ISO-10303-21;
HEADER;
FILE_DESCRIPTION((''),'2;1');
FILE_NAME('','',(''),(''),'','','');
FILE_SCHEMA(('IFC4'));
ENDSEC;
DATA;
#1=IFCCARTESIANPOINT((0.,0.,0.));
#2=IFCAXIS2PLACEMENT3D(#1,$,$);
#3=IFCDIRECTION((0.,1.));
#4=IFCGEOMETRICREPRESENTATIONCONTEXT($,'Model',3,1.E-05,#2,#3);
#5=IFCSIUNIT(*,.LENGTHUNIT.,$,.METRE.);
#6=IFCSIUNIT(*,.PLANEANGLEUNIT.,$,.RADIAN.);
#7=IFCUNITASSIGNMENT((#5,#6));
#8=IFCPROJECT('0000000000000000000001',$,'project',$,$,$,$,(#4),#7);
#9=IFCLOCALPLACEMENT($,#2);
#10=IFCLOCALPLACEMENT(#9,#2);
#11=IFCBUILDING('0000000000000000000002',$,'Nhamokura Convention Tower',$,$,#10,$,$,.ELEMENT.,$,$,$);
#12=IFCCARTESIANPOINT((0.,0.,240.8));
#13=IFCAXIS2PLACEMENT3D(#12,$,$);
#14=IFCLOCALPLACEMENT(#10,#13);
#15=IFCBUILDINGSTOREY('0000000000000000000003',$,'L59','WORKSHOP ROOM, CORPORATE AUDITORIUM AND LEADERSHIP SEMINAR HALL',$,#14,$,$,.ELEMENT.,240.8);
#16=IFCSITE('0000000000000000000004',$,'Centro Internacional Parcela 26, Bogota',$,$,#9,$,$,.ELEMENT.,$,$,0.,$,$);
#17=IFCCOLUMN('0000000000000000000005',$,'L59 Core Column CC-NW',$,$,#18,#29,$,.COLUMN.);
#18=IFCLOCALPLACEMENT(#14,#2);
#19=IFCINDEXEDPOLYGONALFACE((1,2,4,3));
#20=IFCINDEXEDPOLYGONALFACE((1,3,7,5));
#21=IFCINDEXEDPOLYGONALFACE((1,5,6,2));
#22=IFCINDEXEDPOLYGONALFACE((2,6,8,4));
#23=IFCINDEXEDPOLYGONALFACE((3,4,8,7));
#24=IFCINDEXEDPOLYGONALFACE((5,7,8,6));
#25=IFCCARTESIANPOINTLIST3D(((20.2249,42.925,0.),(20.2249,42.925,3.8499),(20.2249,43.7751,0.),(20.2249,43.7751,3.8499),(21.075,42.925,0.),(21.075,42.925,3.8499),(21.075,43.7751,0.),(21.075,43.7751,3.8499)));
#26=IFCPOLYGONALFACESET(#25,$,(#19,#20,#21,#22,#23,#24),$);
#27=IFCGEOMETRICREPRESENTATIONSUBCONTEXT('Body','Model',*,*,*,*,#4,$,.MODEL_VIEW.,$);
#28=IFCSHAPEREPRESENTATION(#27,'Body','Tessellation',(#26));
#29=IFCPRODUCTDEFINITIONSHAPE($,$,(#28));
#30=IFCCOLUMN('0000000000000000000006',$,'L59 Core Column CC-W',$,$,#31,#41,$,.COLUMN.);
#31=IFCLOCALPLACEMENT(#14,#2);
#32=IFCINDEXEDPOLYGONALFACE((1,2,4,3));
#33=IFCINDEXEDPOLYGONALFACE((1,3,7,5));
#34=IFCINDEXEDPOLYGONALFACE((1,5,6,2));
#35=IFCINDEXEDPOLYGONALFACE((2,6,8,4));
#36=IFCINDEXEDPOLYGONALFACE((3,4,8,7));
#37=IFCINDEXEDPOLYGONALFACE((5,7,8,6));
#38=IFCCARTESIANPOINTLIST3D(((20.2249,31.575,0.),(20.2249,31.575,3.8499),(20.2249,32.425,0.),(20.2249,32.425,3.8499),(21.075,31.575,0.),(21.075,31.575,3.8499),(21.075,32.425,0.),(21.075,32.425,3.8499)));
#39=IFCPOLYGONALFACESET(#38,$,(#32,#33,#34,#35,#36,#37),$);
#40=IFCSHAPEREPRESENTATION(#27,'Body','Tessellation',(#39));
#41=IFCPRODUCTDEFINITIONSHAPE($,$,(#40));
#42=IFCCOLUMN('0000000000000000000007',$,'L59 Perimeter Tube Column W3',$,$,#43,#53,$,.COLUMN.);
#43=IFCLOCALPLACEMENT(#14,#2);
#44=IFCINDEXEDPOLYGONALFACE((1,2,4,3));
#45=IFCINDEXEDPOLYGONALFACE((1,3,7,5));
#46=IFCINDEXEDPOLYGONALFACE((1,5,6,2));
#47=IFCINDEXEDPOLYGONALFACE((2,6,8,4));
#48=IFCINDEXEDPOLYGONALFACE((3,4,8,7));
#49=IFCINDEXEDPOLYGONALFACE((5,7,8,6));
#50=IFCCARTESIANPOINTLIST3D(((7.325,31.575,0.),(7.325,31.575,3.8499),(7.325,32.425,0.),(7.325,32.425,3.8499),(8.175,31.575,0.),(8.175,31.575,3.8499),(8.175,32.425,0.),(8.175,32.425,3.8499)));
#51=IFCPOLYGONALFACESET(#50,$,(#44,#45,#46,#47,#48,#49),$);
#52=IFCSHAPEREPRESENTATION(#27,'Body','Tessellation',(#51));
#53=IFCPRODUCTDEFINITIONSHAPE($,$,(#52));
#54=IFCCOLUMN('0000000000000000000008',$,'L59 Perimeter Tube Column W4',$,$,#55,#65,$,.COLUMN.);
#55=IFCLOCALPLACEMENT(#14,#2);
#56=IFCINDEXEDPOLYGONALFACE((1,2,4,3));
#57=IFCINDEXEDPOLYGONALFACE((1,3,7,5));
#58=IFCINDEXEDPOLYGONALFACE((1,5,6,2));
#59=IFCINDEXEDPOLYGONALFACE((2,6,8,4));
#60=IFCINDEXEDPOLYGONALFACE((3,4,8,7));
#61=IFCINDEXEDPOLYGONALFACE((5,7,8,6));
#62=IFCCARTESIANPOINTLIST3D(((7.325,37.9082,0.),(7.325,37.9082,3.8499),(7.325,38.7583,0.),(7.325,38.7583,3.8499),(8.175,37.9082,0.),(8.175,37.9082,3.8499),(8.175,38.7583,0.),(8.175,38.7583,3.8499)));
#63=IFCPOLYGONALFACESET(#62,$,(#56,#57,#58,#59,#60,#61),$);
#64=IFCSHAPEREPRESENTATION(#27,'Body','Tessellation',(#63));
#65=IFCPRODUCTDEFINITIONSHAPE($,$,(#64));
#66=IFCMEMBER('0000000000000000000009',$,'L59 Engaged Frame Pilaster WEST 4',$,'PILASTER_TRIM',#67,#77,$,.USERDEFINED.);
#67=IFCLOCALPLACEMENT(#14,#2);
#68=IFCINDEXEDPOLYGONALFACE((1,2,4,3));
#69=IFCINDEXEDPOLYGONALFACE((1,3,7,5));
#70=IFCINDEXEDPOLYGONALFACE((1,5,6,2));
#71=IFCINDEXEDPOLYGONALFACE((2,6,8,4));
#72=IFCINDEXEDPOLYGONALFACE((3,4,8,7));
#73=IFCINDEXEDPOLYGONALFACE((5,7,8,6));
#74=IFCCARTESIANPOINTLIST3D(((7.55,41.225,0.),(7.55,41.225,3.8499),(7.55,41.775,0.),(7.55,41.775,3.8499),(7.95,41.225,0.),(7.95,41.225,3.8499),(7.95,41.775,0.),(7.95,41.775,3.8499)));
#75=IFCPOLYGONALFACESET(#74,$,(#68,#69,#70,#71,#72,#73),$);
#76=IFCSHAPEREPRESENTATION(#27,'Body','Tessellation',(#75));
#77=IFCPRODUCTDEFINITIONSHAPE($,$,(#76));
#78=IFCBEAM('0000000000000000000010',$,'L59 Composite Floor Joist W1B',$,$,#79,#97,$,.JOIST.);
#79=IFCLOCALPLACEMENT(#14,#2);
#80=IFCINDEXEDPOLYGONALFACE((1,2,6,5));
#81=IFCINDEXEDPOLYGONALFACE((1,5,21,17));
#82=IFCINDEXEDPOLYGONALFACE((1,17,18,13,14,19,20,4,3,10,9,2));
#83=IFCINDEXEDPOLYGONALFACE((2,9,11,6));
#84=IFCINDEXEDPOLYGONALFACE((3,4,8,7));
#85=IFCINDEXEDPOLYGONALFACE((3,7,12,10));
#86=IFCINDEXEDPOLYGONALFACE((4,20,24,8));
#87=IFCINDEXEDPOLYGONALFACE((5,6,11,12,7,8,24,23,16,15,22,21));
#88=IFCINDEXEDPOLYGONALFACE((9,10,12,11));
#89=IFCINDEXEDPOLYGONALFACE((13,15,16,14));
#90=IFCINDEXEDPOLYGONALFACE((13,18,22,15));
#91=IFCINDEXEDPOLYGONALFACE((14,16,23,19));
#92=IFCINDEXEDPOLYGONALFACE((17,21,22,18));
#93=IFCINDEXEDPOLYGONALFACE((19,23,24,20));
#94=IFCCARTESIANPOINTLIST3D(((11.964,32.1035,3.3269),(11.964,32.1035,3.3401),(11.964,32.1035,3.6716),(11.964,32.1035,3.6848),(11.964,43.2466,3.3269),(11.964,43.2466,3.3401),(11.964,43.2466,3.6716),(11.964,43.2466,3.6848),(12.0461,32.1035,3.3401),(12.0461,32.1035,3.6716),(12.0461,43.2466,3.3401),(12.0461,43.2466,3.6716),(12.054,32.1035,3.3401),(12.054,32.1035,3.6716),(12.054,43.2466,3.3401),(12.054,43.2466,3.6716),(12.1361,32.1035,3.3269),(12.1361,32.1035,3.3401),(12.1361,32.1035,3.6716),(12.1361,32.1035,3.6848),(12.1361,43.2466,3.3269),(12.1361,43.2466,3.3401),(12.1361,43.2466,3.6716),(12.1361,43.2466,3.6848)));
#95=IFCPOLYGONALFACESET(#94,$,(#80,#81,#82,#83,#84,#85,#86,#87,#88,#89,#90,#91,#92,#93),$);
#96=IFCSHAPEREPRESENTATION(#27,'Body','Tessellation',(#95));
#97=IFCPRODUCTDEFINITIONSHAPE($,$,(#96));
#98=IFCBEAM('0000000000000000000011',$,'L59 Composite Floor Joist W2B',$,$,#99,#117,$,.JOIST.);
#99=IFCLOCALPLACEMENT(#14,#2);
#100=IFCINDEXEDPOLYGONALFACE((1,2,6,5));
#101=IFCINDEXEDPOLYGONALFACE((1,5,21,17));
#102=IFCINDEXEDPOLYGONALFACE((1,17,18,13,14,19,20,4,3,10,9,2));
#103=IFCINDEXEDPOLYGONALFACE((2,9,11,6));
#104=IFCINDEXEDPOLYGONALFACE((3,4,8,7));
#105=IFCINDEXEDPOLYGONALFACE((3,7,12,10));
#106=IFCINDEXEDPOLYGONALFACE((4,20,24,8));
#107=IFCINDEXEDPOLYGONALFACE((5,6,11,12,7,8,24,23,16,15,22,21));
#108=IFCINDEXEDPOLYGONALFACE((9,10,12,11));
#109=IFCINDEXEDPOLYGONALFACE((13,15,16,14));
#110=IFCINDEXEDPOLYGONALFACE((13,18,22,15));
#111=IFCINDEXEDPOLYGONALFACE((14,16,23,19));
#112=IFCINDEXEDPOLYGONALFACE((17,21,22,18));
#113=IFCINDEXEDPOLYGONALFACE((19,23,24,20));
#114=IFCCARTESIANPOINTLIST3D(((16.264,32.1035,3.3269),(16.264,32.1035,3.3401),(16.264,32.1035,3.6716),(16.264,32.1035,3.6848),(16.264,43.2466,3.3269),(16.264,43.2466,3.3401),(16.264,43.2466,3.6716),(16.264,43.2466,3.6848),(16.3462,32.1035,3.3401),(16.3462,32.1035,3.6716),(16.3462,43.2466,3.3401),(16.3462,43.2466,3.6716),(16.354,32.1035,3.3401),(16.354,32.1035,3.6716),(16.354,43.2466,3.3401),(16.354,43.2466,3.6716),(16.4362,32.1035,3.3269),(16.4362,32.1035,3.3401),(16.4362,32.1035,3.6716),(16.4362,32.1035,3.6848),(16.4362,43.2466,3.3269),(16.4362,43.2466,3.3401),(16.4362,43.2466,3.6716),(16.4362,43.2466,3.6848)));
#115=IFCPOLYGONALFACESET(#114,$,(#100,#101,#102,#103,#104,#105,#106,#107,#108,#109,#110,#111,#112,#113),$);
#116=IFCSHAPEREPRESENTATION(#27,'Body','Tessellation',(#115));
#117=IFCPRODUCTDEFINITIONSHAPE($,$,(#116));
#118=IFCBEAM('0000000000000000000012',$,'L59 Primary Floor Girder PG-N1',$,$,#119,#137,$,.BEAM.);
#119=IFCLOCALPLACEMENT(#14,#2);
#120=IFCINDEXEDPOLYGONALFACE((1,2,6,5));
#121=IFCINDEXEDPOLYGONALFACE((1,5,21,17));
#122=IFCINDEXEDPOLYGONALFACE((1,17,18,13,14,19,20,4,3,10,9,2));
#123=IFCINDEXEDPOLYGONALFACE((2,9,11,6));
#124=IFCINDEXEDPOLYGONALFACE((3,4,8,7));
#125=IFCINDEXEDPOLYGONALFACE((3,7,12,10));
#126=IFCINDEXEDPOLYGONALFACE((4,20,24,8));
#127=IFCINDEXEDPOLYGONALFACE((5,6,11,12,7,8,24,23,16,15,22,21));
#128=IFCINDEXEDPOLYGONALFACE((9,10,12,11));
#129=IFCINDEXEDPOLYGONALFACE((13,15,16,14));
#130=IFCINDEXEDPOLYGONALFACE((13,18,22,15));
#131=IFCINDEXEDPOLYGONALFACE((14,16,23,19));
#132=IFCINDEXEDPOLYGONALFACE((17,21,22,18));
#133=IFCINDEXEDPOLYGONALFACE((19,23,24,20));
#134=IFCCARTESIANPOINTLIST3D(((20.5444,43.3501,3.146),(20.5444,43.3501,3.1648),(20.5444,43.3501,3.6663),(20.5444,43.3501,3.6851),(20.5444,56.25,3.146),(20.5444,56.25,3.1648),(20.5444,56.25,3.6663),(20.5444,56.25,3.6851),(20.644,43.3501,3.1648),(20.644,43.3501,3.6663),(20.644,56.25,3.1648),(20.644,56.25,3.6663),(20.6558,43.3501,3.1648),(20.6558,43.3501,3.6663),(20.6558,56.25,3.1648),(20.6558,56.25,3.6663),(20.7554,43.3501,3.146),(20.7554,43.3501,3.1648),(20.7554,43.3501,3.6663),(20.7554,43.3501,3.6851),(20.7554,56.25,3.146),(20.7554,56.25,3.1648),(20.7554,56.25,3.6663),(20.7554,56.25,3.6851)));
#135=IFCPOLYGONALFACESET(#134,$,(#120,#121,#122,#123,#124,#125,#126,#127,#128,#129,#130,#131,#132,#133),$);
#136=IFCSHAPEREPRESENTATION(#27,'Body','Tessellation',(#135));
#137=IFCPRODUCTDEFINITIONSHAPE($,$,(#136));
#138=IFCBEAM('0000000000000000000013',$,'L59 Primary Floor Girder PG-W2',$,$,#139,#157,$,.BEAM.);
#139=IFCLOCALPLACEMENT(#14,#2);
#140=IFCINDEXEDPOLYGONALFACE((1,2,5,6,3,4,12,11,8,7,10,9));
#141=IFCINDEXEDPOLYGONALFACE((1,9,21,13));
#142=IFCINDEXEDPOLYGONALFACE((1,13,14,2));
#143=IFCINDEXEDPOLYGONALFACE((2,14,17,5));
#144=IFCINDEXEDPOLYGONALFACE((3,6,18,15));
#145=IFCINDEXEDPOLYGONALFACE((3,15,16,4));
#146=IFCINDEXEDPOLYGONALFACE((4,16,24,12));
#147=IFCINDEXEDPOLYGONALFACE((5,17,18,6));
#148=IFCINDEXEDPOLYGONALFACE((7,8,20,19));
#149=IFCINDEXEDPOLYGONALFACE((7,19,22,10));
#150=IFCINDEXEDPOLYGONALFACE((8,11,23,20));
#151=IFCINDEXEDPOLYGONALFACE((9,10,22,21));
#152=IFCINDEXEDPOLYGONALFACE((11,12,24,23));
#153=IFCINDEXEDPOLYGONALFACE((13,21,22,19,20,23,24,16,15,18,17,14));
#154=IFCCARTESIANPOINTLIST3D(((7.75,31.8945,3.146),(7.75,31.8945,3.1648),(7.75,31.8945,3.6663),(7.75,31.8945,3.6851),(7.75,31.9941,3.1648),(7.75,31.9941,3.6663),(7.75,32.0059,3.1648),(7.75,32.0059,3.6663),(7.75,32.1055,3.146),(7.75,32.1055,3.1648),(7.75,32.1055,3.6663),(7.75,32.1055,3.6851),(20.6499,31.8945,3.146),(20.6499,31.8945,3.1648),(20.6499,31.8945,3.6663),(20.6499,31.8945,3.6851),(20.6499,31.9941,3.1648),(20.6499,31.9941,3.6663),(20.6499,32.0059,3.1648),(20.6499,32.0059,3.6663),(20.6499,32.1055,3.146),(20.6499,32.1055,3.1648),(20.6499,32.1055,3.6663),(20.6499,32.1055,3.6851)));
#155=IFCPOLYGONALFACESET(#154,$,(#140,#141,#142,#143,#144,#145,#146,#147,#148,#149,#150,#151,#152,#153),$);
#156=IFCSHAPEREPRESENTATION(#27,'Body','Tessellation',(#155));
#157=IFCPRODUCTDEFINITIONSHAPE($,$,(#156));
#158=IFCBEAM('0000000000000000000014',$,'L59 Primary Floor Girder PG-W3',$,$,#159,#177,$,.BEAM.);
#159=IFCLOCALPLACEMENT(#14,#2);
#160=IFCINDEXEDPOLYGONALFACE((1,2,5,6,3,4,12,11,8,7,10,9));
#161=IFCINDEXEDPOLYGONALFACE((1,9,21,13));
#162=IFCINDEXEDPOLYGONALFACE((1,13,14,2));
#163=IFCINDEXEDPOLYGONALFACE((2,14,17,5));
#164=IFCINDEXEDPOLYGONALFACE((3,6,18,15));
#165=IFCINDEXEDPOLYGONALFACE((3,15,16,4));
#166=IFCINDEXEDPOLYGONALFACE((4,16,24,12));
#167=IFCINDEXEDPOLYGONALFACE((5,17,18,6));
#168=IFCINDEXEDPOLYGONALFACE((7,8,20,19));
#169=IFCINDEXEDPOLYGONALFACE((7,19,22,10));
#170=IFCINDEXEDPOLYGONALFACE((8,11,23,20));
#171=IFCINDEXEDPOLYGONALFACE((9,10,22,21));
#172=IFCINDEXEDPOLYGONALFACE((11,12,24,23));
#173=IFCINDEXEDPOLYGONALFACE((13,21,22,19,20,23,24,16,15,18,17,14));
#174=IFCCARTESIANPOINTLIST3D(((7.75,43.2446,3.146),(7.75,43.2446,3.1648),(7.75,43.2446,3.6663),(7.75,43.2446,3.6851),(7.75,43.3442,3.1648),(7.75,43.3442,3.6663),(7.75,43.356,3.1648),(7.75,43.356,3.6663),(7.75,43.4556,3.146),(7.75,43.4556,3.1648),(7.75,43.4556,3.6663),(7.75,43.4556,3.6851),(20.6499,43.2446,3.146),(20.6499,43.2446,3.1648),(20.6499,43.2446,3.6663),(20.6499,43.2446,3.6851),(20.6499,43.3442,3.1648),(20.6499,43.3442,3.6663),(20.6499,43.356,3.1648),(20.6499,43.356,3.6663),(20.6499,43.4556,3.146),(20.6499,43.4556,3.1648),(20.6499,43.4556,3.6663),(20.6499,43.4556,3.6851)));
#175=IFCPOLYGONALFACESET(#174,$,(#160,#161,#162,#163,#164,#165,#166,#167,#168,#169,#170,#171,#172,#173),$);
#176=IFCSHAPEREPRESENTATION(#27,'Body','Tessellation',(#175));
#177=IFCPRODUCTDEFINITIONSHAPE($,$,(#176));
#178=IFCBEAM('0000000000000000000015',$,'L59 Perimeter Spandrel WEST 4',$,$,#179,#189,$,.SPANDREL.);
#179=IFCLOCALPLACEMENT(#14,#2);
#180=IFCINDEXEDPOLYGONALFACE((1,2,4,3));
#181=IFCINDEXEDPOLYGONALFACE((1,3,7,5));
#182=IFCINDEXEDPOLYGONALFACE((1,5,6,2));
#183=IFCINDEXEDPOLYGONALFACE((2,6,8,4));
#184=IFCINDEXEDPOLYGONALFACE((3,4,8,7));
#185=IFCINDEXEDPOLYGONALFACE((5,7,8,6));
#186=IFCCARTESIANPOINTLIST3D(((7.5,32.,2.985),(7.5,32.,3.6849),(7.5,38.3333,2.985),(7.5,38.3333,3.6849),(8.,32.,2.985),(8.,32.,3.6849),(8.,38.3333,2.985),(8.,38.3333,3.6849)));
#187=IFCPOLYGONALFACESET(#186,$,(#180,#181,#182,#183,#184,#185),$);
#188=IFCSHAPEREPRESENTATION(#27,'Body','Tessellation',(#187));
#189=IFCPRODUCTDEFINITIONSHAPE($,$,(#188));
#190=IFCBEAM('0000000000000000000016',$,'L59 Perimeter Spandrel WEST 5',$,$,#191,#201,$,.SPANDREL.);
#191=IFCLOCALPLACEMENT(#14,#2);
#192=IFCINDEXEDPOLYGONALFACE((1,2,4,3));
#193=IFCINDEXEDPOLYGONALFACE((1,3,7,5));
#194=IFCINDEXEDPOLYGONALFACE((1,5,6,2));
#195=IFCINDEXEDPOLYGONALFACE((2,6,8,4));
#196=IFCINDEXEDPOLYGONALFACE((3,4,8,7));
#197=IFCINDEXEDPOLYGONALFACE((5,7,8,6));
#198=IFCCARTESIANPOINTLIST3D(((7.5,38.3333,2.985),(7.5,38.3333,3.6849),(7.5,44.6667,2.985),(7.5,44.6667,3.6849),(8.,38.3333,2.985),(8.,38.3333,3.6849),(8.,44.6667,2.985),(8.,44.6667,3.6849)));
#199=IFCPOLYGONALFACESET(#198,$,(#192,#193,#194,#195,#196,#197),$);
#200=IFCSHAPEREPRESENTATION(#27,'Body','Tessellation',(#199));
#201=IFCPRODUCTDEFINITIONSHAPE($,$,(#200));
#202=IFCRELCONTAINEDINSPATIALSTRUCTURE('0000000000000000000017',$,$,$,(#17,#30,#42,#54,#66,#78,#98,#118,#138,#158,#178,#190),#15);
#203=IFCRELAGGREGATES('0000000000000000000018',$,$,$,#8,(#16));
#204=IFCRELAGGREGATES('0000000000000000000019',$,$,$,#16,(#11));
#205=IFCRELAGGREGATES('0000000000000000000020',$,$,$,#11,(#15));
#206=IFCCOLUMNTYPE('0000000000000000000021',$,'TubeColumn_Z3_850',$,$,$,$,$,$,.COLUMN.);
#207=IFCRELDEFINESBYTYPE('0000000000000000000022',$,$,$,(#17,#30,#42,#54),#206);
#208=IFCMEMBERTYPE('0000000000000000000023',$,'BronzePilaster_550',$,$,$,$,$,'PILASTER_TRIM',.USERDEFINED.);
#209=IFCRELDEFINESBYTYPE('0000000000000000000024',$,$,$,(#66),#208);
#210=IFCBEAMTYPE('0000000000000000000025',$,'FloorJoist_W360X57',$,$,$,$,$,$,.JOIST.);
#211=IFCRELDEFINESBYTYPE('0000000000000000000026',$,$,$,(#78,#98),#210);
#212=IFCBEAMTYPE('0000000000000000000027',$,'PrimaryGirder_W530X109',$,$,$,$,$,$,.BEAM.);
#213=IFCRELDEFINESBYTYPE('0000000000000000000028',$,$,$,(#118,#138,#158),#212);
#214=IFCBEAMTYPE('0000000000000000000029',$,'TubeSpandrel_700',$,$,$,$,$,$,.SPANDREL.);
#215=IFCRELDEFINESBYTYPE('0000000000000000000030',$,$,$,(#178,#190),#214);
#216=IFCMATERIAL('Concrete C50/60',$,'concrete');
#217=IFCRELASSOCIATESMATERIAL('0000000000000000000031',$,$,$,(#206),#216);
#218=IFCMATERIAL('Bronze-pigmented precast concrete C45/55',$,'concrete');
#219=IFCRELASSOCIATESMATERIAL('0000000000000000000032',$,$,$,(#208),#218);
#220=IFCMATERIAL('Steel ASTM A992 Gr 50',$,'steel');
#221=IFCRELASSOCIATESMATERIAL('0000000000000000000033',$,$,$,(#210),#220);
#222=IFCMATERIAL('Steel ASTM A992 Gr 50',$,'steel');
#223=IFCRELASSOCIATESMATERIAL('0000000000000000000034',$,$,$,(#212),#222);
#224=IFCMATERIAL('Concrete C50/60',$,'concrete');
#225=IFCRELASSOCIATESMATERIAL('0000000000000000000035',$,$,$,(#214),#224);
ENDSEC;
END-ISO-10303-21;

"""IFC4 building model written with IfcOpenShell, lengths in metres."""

from ifc_helpers import new_model, si_unit, direction, frame, origin, origin_2d, place, context, subcontext, project, spatial, rectangle, i_section, extrude, material, material_profile, profile_set, type_object, element, save


model = new_model("IFC4")

# Units and contexts
model_context = context("Model", 3, precision=1e-05, world=origin(), true_north=direction((0.0, 1.0)))
body_context = subcontext(model_context, "Body", "Model", "MODEL_VIEW")
ifc_project = project(units=[si_unit("LENGTHUNIT", "METRE"), si_unit("PLANEANGLEUNIT", "RADIAN")], contexts=[model_context])

# Site, building, storey
site_placement = place(None, origin())
site = spatial("IfcSite", under=ifc_project, at=site_placement, Name="Centro Internacional Parcela 26, Bogota", CompositionType="ELEMENT", RefElevation=0.0)
building_placement = place(site_placement, origin())
building = spatial("IfcBuilding", under=site, at=building_placement, Name="Nhamokura Convention Tower", CompositionType="ELEMENT")
storey_placement = place(building_placement, frame((0.0, 0.0, 240.8)))
storey = spatial("IfcBuildingStorey", under=building, at=storey_placement, Name="L59", Description="WORKSHOP ROOM, CORPORATE AUDITORIUM AND LEADERSHIP SEMINAR HALL", CompositionType="ELEMENT", Elevation=240.8)

# Columns
ifc_material_1 = material(Name="Concrete C50/60", Category="concrete")
ifc_material_profile_1 = material_profile(ifc_material_1, rectangle(XDim=0.8501, YDim=0.8501, at=origin_2d()))
ifc_profile_set_1 = profile_set([ifc_material_profile_1], Name="Concrete C50/60")
column_type = type_object("IfcColumnType", Name="TubeColumn_Z3_850", PredefinedType="COLUMN", material=ifc_profile_set_1)
for number, where, z_axis, x_axis, name in (
    (1, (20.6499, 43.3501, 0.0), (0.0, 0.0, 1.0), (1.0, 0.0, 0.0), "L59 Core Column CC-NW"),
    (2, (20.6499, 32.0, 0.0), (0.0, 0.0, 1.0), (1.0, 0.0, 0.0), "L59 Core Column CC-W"),
    (3, (7.75, 32.0, 0.0), (0.0, 0.0, 1.0), (1.0, 0.0, 0.0), "L59 Perimeter Tube Column W3"),
    (4, (7.75, 38.3333, 0.0), (0.0, 0.0, 1.0), (1.0, 0.0, 0.0), "L59 Perimeter Tube Column W4"),
):
    element("IfcColumn", number, at=place(storey_placement, frame(where, z_axis=z_axis, x_axis=x_axis)), inside=storey, type_object=column_type, Name=name, PredefinedType="COLUMN", context=body_context, shape_type="SweptSolid", body=[
        extrude(rectangle(XDim=0.8501, YDim=0.8501, at=origin_2d()), origin(), (0.0, 0.0, 1.0), 3.8499),
    ])

# Member
ifc_material_2 = material(Name="Bronze-pigmented precast concrete C45/55", Category="concrete")
ifc_material_profile_2 = material_profile(ifc_material_2, rectangle(XDim=0.3999, YDim=0.55, at=origin_2d()))
ifc_profile_set_2 = profile_set([ifc_material_profile_2], Name="Bronze-pigmented precast concrete C45/55")
member_type = type_object("IfcMemberType", Name="BronzePilaster_550", ElementType="PILASTER_TRIM", PredefinedType="USERDEFINED", material=ifc_profile_set_2)
member_placement = place(storey_placement, frame((7.75, 41.5, 0.0), z_axis=(0.0, 0.0, 1.0), x_axis=(1.0, 0.0, 0.0)))
element("IfcMember", 5, at=member_placement, inside=storey, type_object=member_type, Name="L59 Engaged Frame Pilaster WEST 4", ObjectType="PILASTER_TRIM", PredefinedType="USERDEFINED", context=body_context, shape_type="SweptSolid", body=[
    extrude(rectangle(XDim=0.3999, YDim=0.55, at=origin_2d()), origin(), (0.0, 0.0, 1.0), 3.8499),
])

# Beams
ifc_material_3 = material(Name="Steel ASTM A992 Gr 50", Category="steel")
ifc_material_profile_3 = material_profile(ifc_material_3, i_section(OverallWidth=0.1721, OverallDepth=0.3579, WebThickness=0.0078, FlangeThickness=0.0132, at=origin_2d()))
ifc_profile_set_3 = profile_set([ifc_material_profile_3], Name="Steel ASTM A992 Gr 50")
beam_type_1 = type_object("IfcBeamType", Name="FloorJoist_W360X57", PredefinedType="JOIST", material=ifc_profile_set_3)
for number, where, z_axis, x_axis, name in (
    (6, (12.05, 32.1035, 3.5059), (0.0, 1.0, 0.0), (-1.0, 0.0, 0.0), "L59 Composite Floor Joist W1B"),
    (7, (16.3501, 32.1035, 3.5059), (0.0, 1.0, 0.0), (-1.0, 0.0, 0.0), "L59 Composite Floor Joist W2B"),
):
    element("IfcBeam", number, at=place(storey_placement, frame(where, z_axis=z_axis, x_axis=x_axis)), inside=storey, type_object=beam_type_1, Name=name, PredefinedType="JOIST", context=body_context, shape_type="SweptSolid", body=[
        extrude(i_section(OverallWidth=0.1721, OverallDepth=0.3579, WebThickness=0.0078, FlangeThickness=0.0132, at=origin_2d()), origin(), (0.0, 0.0, 1.0), 11.1431),
    ])
ifc_material_4 = material(Name="Steel ASTM A992 Gr 50", Category="steel")
ifc_material_profile_4 = material_profile(ifc_material_4, i_section(OverallWidth=0.2109, OverallDepth=0.5391, WebThickness=0.0117, FlangeThickness=0.0188, at=origin_2d()))
ifc_profile_set_4 = profile_set([ifc_material_profile_4], Name="Steel ASTM A992 Gr 50")
beam_type_2 = type_object("IfcBeamType", Name="PrimaryGirder_W530X109", PredefinedType="BEAM", material=ifc_profile_set_4)
for number, where, z_axis, x_axis, name in (
    (8, (20.6499, 43.3501, 3.4155), (0.0, 1.0, 0.0), (-1.0, 0.0, 0.0), "L59 Primary Floor Girder PG-N1"),
    (9, (7.75, 32.0, 3.4155), (1.0, 0.0, 0.0), (0.0, 1.0, 0.0), "L59 Primary Floor Girder PG-W2"),
    (10, (7.75, 43.3501, 3.4155), (1.0, 0.0, 0.0), (0.0, 1.0, 0.0), "L59 Primary Floor Girder PG-W3"),
):
    element("IfcBeam", number, at=place(storey_placement, frame(where, z_axis=z_axis, x_axis=x_axis)), inside=storey, type_object=beam_type_2, Name=name, PredefinedType="BEAM", context=body_context, shape_type="SweptSolid", body=[
        extrude(i_section(OverallWidth=0.2109, OverallDepth=0.5391, WebThickness=0.0117, FlangeThickness=0.0188, at=origin_2d()), origin(), (0.0, 0.0, 1.0), 12.8999),
    ])
ifc_material_5 = material(Name="Concrete C50/60", Category="concrete")
ifc_material_profile_5 = material_profile(ifc_material_5, rectangle(XDim=0.5, YDim=0.7, at=origin_2d()))
ifc_profile_set_5 = profile_set([ifc_material_profile_5], Name="Concrete C50/60")
beam_type_3 = type_object("IfcBeamType", Name="TubeSpandrel_700", PredefinedType="SPANDREL", material=ifc_profile_set_5)
beam_1_placement = place(storey_placement, frame((7.75, 32.0, 3.335), z_axis=(0.0, 1.0, 0.0), x_axis=(-1.0, 0.0, 0.0)))
element("IfcBeam", 11, at=beam_1_placement, inside=storey, type_object=beam_type_3, Name="L59 Perimeter Spandrel WEST 4", PredefinedType="SPANDREL", context=body_context, shape_type="SweptSolid", body=[
    extrude(rectangle(XDim=0.5, YDim=0.7, at=origin_2d()), origin(), (0.0, 0.0, 1.0), 6.3333),
])
beam_2_placement = place(storey_placement, frame((7.75, 38.3333, 3.335), z_axis=(0.0, 1.0, 0.0), x_axis=(-1.0, 0.0, 0.0)))
element("IfcBeam", 12, at=beam_2_placement, inside=storey, type_object=beam_type_3, Name="L59 Perimeter Spandrel WEST 5", PredefinedType="SPANDREL", context=body_context, shape_type="SweptSolid", body=[
    extrude(rectangle(XDim=0.5, YDim=0.7, at=origin_2d()), origin(), (0.0, 0.0, 1.0), 6.3335),
])

save(model, "model.ifc")
